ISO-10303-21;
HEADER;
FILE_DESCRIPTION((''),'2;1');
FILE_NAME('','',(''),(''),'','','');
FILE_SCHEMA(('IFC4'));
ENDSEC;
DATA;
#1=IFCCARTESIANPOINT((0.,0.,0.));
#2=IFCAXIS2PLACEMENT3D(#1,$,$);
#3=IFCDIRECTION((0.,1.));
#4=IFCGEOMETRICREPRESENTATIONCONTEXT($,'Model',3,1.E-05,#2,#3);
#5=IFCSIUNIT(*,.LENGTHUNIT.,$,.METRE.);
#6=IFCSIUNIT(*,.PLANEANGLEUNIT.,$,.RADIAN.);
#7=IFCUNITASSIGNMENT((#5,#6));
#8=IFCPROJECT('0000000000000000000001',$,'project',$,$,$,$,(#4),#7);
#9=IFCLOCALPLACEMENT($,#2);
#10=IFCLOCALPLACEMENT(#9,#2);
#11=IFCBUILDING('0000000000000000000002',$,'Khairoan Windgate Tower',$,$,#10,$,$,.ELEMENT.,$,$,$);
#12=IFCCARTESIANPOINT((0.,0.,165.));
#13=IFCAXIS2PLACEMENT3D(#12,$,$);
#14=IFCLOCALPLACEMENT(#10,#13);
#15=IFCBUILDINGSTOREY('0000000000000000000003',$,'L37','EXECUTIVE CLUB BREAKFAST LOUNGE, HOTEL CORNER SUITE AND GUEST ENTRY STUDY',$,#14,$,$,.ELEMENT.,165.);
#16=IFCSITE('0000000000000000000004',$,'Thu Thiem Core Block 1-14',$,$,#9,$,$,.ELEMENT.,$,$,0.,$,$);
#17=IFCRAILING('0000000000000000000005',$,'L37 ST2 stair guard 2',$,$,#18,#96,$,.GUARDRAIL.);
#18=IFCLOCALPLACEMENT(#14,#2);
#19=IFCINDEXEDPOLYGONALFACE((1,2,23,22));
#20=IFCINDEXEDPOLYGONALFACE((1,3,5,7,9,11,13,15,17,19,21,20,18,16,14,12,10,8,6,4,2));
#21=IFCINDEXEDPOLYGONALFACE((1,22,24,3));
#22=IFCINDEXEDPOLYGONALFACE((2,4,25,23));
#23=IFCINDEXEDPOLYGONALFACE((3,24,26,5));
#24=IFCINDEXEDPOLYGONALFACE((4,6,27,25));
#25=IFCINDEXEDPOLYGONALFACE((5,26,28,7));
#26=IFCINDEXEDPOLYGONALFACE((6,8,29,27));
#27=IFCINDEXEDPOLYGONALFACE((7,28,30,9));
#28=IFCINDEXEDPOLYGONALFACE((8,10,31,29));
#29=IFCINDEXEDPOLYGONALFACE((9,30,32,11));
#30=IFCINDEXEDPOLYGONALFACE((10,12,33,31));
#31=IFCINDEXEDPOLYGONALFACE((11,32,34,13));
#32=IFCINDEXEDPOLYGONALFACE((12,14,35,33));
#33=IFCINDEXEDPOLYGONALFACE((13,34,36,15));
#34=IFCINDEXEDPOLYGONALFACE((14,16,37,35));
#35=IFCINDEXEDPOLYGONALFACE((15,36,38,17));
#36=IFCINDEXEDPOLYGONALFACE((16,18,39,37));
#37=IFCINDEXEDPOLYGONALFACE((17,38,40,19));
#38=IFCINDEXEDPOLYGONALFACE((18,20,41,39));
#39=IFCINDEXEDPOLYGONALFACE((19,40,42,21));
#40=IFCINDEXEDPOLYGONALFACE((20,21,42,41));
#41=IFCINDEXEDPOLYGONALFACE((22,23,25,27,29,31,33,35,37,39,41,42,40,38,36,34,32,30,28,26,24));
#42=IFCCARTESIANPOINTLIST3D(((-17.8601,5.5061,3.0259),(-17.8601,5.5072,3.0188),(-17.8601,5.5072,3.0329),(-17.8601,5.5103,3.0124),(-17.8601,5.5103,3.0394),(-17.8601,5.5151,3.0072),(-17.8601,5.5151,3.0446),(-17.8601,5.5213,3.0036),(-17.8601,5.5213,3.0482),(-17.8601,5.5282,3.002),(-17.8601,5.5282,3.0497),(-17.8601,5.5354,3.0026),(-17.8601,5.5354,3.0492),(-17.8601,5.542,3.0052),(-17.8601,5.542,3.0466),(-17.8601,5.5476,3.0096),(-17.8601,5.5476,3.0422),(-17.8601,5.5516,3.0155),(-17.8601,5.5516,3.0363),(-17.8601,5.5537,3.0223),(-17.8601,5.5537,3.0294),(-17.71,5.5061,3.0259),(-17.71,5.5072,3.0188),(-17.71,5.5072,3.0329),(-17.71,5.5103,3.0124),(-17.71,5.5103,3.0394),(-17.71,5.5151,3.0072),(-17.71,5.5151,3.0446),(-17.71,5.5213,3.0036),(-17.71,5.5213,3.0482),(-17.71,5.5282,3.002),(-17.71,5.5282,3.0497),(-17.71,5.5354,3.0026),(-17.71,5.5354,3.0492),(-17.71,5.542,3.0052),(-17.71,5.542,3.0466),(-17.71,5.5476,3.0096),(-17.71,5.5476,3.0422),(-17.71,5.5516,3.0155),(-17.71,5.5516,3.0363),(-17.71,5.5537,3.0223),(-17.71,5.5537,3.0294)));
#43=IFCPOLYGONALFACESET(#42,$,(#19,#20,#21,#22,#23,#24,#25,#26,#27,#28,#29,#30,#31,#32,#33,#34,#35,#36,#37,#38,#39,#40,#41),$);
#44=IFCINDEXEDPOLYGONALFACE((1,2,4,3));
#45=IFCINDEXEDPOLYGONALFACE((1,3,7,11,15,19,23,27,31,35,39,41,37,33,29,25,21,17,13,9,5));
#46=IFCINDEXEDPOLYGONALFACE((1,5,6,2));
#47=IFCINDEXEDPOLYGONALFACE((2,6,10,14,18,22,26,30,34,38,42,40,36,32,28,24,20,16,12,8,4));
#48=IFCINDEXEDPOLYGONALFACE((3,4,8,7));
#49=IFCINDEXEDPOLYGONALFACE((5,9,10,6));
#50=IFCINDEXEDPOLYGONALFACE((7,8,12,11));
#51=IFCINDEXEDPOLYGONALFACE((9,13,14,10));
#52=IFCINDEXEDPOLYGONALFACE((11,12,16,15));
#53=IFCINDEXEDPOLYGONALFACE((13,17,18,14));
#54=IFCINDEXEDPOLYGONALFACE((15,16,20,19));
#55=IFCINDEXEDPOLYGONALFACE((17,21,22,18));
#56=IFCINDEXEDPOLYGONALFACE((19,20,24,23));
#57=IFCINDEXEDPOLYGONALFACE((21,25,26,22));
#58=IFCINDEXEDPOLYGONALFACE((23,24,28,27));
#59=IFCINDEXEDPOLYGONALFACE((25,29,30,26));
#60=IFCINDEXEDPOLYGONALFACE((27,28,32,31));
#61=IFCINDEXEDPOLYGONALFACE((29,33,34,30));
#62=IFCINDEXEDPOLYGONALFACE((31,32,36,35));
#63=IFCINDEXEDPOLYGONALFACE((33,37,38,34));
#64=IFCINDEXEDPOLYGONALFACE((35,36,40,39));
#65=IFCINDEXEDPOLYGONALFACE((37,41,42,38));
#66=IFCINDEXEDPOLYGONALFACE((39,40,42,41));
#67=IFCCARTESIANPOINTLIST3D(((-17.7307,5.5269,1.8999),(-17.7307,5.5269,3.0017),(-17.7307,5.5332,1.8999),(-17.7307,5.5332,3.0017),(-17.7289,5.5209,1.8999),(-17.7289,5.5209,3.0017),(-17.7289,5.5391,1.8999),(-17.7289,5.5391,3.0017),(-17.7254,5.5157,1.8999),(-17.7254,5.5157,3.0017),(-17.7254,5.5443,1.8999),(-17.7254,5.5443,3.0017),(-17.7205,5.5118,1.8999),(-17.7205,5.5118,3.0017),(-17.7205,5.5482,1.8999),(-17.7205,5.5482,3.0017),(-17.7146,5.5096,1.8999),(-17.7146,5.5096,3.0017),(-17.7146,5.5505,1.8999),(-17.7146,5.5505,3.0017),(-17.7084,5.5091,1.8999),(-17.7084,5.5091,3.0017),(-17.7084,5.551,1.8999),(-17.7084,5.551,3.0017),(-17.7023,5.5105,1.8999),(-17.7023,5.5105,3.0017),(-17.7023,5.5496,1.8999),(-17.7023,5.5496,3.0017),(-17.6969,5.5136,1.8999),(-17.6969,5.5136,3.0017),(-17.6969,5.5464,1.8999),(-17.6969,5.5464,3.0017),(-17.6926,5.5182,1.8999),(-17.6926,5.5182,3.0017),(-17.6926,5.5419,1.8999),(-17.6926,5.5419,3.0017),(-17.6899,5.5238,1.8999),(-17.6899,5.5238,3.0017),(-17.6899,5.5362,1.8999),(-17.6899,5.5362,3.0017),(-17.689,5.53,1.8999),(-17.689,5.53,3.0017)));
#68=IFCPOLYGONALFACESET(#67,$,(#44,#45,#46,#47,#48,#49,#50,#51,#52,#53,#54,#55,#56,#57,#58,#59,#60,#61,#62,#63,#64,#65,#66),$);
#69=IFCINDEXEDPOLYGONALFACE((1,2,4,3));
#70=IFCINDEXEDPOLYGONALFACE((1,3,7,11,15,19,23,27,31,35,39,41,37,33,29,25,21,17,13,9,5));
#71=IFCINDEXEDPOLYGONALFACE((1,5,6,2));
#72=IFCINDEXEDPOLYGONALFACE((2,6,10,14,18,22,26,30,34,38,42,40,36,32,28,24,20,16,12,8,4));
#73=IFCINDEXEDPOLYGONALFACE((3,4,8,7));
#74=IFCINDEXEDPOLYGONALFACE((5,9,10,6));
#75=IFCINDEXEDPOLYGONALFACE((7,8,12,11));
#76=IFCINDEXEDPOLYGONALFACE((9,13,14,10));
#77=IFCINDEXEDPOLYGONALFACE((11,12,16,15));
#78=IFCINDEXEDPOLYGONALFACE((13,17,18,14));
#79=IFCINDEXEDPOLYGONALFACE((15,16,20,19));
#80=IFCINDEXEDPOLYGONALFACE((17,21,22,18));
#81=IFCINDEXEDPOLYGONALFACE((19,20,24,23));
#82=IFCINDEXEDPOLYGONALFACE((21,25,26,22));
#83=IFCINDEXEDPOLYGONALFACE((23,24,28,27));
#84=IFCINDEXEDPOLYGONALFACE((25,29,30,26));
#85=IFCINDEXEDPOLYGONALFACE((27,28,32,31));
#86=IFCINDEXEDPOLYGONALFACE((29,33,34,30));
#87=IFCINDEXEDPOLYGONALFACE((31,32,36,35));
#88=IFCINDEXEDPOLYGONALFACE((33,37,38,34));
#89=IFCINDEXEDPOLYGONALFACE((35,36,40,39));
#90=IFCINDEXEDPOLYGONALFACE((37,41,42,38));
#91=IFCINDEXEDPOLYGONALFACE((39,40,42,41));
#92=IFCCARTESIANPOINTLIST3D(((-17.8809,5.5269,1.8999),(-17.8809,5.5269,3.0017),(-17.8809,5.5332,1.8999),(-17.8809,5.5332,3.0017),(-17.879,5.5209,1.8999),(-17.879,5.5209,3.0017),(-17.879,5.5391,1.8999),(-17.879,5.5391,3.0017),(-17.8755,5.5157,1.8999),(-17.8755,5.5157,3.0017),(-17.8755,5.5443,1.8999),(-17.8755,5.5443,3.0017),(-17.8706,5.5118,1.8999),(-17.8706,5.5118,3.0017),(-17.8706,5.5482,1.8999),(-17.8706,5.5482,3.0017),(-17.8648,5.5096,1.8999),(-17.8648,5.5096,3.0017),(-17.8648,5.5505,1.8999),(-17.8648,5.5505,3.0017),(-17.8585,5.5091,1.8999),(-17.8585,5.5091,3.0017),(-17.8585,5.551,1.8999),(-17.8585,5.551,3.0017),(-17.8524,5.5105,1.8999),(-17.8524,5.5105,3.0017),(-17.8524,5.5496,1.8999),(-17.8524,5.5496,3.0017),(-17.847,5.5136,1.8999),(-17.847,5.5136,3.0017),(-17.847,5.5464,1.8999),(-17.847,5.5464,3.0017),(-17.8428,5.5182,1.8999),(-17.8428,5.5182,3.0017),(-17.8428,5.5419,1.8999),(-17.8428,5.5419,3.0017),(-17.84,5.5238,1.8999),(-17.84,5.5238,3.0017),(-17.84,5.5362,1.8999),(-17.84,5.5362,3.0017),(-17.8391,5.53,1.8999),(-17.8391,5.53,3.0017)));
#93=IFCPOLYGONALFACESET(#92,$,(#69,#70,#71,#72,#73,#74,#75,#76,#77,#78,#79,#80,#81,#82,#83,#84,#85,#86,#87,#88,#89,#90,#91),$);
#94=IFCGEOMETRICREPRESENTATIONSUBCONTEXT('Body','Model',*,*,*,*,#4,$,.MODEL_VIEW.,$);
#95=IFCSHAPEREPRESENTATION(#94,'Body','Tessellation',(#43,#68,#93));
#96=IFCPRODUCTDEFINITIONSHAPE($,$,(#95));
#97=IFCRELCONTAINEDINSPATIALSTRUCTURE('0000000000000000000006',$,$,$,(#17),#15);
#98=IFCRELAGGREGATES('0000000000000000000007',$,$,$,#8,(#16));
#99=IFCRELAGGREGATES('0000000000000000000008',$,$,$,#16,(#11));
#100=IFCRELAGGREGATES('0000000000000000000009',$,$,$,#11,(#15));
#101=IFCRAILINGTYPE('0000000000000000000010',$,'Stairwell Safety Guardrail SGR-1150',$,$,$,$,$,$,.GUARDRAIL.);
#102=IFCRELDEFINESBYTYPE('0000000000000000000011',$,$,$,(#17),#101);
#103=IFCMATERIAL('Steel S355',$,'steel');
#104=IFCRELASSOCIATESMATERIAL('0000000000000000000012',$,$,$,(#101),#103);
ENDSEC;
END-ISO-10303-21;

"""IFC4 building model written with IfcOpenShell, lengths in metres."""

from ifc_helpers import new_model, si_unit, direction, frame, origin, origin_2d, place, context, subcontext, project, spatial, circle, extrude, material, type_object, element, save


model = new_model("IFC4")

# Units and contexts
model_context = context("Model", 3, precision=1e-05, world=origin(), true_north=direction((0.0, 1.0)))
body_context = subcontext(model_context, "Body", "Model", "MODEL_VIEW")
ifc_project = project(units=[si_unit("LENGTHUNIT", "METRE"), si_unit("PLANEANGLEUNIT", "RADIAN")], contexts=[model_context])

# Site, building, storey
site_placement = place(None, origin())
site = spatial("IfcSite", under=ifc_project, at=site_placement, Name="Thu Thiem Core Block 1-14", CompositionType="ELEMENT", RefElevation=0.0)
building_placement = place(site_placement, origin())
building = spatial("IfcBuilding", under=site, at=building_placement, Name="Khairoan Windgate Tower", CompositionType="ELEMENT")
storey_placement = place(building_placement, frame((0.0, 0.0, 165.0)))
storey = spatial("IfcBuildingStorey", under=building, at=storey_placement, Name="L37", Description="EXECUTIVE CLUB BREAKFAST LOUNGE, HOTEL CORNER SUITE AND GUEST ENTRY STUDY", CompositionType="ELEMENT", Elevation=165.0)

# Railing
ifc_material_1 = material(Name="Steel S355", Category="steel")
railing_type_1 = type_object("IfcRailingType", Name="Stairwell Safety Guardrail SGR-1150", PredefinedType="GUARDRAIL", material=ifc_material_1)
railing_1_placement = place(storey_placement, frame((-17.71, 5.53, 1.8999)))
element("IfcRailing", 1, at=railing_1_placement, inside=storey, type_object=railing_type_1, Name="L37 ST2 stair guard 2", PredefinedType="GUARDRAIL", context=body_context, shape_type="SweptSolid", body=[
    extrude(circle(Radius=0.0239, at=origin_2d()), frame((0.0, 0.0, 1.126), z_axis=(-1.0, 0.0, 0.0), x_axis=(0.0, -1.0, 0.0)), (0.0, 0.0, 1.0), 0.1501),
    extrude(circle(Radius=0.021, at=origin_2d()), origin(), (0.0, 0.0, 1.0), 1.1018),
    extrude(circle(Radius=0.021, at=origin_2d()), frame((-0.1501, 0.0, 0.0)), (0.0, 0.0, 1.0), 1.1018),
])

save(model, "model.ifc")
